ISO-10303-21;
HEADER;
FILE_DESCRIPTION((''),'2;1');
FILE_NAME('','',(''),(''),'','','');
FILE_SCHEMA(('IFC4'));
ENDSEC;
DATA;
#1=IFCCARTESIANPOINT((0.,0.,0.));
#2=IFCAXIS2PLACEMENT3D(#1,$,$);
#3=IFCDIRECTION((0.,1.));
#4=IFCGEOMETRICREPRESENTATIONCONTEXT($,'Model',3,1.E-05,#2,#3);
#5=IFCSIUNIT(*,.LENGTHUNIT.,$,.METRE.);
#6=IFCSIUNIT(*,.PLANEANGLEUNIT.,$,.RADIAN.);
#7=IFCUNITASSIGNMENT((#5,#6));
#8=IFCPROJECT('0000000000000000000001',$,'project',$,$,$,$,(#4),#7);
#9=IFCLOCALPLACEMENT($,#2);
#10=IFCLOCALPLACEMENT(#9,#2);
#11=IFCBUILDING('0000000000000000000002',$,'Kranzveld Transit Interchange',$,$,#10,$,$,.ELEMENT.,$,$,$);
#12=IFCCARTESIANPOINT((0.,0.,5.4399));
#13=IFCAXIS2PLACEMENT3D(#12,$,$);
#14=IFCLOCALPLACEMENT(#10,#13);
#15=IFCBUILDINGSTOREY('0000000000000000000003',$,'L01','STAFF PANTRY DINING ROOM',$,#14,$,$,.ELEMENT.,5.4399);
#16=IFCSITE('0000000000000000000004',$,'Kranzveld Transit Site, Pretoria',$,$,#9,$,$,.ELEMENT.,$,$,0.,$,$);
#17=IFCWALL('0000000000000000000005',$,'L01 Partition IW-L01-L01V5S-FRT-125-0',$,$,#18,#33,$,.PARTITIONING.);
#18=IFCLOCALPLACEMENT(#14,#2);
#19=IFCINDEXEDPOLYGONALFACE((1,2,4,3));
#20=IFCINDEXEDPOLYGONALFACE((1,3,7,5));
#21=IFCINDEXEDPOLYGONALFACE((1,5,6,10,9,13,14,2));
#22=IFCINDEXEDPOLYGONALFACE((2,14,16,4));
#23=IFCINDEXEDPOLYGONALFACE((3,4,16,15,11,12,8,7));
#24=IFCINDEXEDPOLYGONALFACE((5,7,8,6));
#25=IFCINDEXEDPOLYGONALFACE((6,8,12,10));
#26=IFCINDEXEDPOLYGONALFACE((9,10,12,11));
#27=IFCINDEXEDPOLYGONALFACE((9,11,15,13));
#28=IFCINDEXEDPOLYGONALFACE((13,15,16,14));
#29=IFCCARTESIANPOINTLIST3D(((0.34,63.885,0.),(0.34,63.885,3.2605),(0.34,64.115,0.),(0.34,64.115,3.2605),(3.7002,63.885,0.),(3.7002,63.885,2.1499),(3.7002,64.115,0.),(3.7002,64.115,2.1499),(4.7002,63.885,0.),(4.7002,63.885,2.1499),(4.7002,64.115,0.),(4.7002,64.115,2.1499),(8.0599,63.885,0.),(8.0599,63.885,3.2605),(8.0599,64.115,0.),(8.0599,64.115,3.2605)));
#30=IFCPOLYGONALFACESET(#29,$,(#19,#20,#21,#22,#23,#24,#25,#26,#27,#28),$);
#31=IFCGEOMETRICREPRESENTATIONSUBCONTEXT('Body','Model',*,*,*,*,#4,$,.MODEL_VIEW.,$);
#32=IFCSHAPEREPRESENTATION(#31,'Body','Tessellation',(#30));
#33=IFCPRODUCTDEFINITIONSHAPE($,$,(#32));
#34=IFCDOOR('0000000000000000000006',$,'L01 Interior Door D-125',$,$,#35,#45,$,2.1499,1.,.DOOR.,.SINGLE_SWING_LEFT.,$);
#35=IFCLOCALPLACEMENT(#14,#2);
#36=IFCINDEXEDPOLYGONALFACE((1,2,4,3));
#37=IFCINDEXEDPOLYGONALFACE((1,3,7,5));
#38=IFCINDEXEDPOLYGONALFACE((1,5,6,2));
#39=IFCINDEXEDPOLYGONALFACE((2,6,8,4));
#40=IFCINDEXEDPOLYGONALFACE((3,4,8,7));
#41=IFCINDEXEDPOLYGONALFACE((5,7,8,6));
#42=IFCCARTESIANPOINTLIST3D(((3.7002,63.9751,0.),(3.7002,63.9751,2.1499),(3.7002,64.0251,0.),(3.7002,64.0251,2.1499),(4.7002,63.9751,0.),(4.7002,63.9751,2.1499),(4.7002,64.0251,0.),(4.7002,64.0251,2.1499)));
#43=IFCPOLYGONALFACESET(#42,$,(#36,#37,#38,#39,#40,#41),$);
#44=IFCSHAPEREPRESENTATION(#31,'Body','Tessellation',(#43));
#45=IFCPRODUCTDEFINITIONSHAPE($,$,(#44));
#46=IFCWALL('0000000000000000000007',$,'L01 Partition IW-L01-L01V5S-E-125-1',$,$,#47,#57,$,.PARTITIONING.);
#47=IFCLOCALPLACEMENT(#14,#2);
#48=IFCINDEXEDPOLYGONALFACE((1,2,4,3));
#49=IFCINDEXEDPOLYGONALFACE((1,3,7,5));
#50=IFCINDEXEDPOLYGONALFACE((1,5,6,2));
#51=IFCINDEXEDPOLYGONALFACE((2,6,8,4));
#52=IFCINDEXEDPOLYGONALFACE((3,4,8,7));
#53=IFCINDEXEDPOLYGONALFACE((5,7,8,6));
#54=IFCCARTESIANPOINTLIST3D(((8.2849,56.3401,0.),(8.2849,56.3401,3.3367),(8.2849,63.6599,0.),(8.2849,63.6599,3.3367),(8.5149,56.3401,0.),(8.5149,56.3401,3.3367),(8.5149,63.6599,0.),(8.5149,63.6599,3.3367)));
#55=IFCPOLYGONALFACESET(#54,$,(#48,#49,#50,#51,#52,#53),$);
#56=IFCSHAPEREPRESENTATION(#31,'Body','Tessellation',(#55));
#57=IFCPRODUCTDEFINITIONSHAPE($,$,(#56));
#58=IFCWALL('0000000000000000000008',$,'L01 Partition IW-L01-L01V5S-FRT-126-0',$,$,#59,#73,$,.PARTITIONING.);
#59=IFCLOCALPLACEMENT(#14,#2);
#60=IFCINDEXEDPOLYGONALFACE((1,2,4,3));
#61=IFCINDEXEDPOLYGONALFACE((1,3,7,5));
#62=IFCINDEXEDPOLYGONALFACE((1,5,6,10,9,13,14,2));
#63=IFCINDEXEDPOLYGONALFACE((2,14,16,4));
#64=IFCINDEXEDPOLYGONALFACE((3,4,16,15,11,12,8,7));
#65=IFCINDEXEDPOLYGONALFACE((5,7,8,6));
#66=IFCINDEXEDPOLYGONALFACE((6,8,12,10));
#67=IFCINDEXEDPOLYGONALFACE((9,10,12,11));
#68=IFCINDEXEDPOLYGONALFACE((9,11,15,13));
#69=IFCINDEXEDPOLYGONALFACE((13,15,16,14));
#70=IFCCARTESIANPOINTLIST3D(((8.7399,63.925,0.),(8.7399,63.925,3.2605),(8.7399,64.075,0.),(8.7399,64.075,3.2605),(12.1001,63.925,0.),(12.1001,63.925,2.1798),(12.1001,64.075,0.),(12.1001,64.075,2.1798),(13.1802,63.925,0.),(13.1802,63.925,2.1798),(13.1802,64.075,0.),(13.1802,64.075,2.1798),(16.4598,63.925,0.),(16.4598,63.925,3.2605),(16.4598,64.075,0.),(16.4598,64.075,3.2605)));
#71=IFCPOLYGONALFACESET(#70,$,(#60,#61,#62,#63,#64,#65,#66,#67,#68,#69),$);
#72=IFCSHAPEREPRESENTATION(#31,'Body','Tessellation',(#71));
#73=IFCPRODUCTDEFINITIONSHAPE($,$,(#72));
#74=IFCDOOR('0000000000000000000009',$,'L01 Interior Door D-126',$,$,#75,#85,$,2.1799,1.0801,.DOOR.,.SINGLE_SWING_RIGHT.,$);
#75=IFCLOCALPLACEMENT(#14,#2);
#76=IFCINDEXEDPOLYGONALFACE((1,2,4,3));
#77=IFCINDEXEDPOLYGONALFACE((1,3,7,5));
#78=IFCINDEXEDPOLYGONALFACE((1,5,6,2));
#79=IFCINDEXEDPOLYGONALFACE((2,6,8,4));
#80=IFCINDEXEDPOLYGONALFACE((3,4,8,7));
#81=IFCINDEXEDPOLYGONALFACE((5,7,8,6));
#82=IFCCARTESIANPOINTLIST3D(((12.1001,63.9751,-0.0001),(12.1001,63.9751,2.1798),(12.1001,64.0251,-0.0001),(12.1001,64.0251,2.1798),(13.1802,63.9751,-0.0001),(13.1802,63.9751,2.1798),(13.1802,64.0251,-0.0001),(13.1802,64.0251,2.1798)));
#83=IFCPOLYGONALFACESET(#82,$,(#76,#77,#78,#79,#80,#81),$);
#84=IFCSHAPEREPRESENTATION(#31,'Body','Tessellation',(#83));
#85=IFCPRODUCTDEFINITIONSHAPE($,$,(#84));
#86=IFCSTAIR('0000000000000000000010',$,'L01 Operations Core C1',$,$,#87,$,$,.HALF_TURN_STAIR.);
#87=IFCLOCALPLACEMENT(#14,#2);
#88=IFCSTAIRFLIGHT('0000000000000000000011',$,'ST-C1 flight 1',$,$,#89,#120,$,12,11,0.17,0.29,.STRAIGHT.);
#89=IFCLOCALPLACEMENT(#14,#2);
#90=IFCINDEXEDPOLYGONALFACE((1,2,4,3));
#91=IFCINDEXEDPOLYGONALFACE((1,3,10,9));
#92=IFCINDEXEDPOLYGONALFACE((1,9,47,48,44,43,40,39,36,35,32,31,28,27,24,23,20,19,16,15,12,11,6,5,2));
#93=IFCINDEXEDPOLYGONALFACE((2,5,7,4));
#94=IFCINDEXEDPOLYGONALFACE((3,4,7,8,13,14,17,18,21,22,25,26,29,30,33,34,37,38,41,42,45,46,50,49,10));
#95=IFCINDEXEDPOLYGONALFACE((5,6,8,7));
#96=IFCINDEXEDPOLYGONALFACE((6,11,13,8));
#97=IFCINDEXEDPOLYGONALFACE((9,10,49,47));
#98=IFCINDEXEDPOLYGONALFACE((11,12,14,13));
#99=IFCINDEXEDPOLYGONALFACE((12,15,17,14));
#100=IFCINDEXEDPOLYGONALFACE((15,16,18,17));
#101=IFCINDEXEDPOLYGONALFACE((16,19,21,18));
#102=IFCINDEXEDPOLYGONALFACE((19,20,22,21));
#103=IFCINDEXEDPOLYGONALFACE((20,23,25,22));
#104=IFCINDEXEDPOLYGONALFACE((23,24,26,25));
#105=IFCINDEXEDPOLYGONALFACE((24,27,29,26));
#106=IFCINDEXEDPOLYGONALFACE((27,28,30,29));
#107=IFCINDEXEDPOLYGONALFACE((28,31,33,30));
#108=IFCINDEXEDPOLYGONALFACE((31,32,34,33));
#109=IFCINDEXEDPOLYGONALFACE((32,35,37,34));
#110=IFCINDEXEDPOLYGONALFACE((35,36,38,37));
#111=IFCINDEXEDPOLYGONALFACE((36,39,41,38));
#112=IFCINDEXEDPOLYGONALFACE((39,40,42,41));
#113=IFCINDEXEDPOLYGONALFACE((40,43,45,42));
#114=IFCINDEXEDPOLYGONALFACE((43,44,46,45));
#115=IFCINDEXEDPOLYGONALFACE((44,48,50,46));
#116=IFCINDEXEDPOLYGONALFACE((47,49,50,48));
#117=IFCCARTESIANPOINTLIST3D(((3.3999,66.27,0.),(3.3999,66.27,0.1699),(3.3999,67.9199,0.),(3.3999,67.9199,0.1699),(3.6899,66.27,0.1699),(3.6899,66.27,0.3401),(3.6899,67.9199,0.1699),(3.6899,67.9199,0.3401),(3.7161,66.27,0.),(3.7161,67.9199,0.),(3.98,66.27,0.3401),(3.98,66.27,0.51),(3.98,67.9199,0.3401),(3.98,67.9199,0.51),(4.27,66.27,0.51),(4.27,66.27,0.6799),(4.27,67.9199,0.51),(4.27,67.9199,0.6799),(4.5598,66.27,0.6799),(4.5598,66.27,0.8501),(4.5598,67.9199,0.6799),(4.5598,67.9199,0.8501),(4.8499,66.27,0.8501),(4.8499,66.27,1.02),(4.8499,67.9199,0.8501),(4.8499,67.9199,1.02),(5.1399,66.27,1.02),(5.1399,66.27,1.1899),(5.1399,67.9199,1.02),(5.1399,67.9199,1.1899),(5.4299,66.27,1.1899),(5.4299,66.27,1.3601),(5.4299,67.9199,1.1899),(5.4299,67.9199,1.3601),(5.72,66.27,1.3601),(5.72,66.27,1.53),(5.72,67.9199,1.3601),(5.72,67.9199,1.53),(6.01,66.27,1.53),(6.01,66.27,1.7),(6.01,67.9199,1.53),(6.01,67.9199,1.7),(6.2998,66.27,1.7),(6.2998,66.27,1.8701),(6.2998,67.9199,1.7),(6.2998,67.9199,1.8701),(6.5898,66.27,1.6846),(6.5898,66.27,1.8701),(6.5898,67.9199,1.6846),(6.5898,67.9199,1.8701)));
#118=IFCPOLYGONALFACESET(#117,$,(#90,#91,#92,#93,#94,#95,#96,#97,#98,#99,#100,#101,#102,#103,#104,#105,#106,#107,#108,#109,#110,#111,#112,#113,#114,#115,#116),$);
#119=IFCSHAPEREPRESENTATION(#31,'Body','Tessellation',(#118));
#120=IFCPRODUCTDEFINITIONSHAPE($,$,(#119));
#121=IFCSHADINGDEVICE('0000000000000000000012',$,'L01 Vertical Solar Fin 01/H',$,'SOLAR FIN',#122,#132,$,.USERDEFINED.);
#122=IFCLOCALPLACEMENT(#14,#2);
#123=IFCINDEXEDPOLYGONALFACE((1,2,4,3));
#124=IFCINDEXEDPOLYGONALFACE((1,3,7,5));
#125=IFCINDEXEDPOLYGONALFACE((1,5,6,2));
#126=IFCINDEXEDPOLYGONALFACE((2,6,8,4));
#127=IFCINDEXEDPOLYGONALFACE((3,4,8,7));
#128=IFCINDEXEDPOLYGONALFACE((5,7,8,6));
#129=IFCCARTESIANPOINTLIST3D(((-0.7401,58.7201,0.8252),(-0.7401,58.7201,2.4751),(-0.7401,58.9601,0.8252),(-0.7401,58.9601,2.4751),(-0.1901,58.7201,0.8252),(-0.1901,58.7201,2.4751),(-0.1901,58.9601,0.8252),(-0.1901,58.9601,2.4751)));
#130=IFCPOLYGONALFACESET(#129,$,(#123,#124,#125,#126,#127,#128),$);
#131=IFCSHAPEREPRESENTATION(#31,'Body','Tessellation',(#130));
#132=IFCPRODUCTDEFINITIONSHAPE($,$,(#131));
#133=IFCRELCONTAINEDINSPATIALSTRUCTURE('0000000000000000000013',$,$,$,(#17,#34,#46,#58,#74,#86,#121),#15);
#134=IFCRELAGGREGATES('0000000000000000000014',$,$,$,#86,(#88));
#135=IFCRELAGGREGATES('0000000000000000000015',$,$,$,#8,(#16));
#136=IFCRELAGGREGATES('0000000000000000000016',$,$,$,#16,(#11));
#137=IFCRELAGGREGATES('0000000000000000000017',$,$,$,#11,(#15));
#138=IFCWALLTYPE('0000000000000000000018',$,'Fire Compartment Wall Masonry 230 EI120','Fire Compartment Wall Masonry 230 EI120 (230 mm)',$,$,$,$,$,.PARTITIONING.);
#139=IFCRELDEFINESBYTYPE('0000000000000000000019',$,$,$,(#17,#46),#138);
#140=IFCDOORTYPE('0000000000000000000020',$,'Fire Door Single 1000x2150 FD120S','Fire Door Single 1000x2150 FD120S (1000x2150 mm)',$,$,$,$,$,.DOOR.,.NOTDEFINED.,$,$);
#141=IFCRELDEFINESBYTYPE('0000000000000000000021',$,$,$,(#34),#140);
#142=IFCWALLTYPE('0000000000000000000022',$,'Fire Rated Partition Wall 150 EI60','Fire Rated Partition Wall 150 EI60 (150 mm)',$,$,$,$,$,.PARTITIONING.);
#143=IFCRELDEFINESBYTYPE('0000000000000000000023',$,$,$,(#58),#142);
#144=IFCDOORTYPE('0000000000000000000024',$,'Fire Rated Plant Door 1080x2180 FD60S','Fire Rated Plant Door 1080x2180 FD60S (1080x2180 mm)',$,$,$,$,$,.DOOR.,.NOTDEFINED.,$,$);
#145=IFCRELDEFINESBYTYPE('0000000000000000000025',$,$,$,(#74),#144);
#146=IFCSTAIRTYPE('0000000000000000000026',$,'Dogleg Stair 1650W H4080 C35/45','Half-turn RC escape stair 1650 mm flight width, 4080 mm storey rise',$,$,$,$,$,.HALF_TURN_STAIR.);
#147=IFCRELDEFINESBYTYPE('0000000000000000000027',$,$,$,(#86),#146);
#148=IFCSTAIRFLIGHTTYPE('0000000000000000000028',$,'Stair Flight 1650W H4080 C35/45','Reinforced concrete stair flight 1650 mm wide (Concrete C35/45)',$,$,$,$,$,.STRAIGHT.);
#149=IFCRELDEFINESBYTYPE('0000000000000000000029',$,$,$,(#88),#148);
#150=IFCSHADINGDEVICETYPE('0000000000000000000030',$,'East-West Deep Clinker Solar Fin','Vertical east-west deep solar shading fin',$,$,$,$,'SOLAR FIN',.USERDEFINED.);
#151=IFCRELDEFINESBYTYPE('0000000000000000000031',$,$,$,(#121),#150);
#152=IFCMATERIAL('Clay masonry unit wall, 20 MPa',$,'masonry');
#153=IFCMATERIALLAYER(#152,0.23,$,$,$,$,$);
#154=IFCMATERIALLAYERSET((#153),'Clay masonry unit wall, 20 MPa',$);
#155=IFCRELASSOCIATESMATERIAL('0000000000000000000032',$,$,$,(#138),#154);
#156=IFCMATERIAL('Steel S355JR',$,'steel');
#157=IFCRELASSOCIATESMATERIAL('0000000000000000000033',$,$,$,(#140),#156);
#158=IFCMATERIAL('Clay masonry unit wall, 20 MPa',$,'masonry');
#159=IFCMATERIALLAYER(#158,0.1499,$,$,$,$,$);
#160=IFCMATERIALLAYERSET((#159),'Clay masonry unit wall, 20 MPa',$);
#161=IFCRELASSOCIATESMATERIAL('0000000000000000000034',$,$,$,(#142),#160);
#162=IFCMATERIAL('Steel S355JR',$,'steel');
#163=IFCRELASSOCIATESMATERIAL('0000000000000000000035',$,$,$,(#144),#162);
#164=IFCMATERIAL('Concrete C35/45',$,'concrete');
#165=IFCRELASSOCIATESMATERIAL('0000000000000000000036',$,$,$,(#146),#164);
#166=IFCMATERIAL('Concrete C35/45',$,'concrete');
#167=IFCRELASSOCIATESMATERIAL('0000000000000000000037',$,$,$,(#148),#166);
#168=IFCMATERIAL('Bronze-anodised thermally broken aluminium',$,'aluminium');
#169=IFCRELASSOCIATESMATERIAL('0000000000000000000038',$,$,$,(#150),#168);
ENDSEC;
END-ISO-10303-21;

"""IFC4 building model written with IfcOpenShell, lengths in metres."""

from ifc_helpers import new_model, si_unit, direction, frame, frame_2d, origin, origin_2d, place, context, subcontext, project, spatial, polyline, rectangle, outline, extrude, material, layer, layer_set, type_object, element, fill, aggregate, save


model = new_model("IFC4")

# Units and contexts
model_context = context("Model", 3, precision=1e-05, world=origin(), true_north=direction((0.0, 1.0)))
body_context = subcontext(model_context, "Body", "Model", "MODEL_VIEW")
ifc_project = project(units=[si_unit("LENGTHUNIT", "METRE"), si_unit("PLANEANGLEUNIT", "RADIAN")], contexts=[model_context])

# Site, building, storey
site_placement = place(None, origin())
site = spatial("IfcSite", under=ifc_project, at=site_placement, Name="Kranzveld Transit Site, Pretoria", CompositionType="ELEMENT", RefElevation=0.0)
building_placement = place(site_placement, origin())
building = spatial("IfcBuilding", under=site, at=building_placement, Name="Kranzveld Transit Interchange", CompositionType="ELEMENT")
storey_placement = place(building_placement, frame((0.0, 0.0, 5.4399)))
storey = spatial("IfcBuildingStorey", under=building, at=storey_placement, Name="L01", Description="STAFF PANTRY DINING ROOM", CompositionType="ELEMENT", Elevation=5.4399)

# Wall, opening, door
ifc_material_1 = material(Name="Clay masonry unit wall, 20 MPa", Category="masonry")
ifc_layer_1 = layer(ifc_material_1, 0.23)
ifc_layer_set_1 = layer_set([ifc_layer_1], Name="Clay masonry unit wall, 20 MPa")
wall_type_1 = type_object("IfcWallType", Name="Fire Compartment Wall Masonry 230 EI120", Description="Fire Compartment Wall Masonry 230 EI120 (230 mm)", PredefinedType="PARTITIONING", material=ifc_layer_set_1)
wall_1_placement = place(storey_placement, frame((0.3401, 64.0, 0.0), z_axis=(0.0, 0.0, 1.0), x_axis=(1.0, 0.0, 0.0)))
wall_1 = element("IfcWall", 1, at=wall_1_placement, inside=storey, type_object=wall_type_1, Name="L01 Partition IW-L01-L01V5S-FRT-125-0", PredefinedType="PARTITIONING", context=body_context, shape_type="SweptSolid", body=[
    extrude(rectangle(XDim=7.72, YDim=0.23, at=frame_2d((3.8599, 0.0))), origin(), (0.0, 0.0, 1.0), 3.2605),
])
opening_1_placement = place(wall_1_placement, frame((4.3601, 0.0, 0.0), z_axis=(0.0, 0.0, 1.0), x_axis=(-1.0, 0.0, 0.0)))
opening_1 = element("IfcOpeningElement", 2, at=opening_1_placement, cuts=wall_1, PredefinedType="OPENING", context=body_context, shape_type="SweptSolid", body=[
    extrude(rectangle(XDim=1.0, YDim=2.1499, at=frame_2d((0.5, 1.075))), frame((0.0, 0.125, 0.0), z_axis=(0.0, -1.0, 0.0), x_axis=(1.0, 0.0, 0.0)), (0.0, 0.0, 1.0), 0.25),
])
ifc_material_2 = material(Name="Steel S355JR", Category="steel")
door_type_1 = type_object("IfcDoorType", Name="Fire Door Single 1000x2150 FD120S", Description="Fire Door Single 1000x2150 FD120S (1000x2150 mm)", OperationType="NOTDEFINED", PredefinedType="DOOR", material=ifc_material_2)
door_1_placement = place(opening_1_placement, origin())
door_1 = element("IfcDoor", 3, at=door_1_placement, inside=storey, type_object=door_type_1, Name="L01 Interior Door D-125", OperationType="SINGLE_SWING_LEFT", OverallHeight=2.1499, OverallWidth=1.0, PredefinedType="DOOR", context=body_context, shape_type="SweptSolid", body=[
    extrude(rectangle(XDim=1.0, YDim=2.1499, at=frame_2d((0.5, 1.075))), frame((0.0, 0.0249, 0.0), z_axis=(0.0, -1.0, 0.0), x_axis=(1.0, 0.0, 0.0)), (0.0, 0.0, 1.0), 0.05),
])
fill(opening_1, door_1)

# Wall
wall_2_placement = place(storey_placement, frame((8.3999, 56.3401, 0.0), z_axis=(0.0, 0.0, 1.0), x_axis=(0.0, 1.0, 0.0)))
element("IfcWall", 4, at=wall_2_placement, inside=storey, type_object=wall_type_1, Name="L01 Partition IW-L01-L01V5S-E-125-1", PredefinedType="PARTITIONING", context=body_context, shape_type="SweptSolid", body=[
    extrude(rectangle(XDim=7.3198, YDim=0.23, at=frame_2d((3.6599, 0.0))), origin(), (0.0, 0.0, 1.0), 3.3367),
])

# Wall, opening, door
ifc_material_3 = material(Name="Clay masonry unit wall, 20 MPa", Category="masonry")
ifc_layer_2 = layer(ifc_material_3, 0.1499)
ifc_layer_set_2 = layer_set([ifc_layer_2], Name="Clay masonry unit wall, 20 MPa")
wall_type_2 = type_object("IfcWallType", Name="Fire Rated Partition Wall 150 EI60", Description="Fire Rated Partition Wall 150 EI60 (150 mm)", PredefinedType="PARTITIONING", material=ifc_layer_set_2)
wall_3_placement = place(storey_placement, frame((8.74, 64.0, 0.0), z_axis=(0.0, 0.0, 1.0), x_axis=(1.0, 0.0, 0.0)))
wall_3 = element("IfcWall", 5, at=wall_3_placement, inside=storey, type_object=wall_type_2, Name="L01 Partition IW-L01-L01V5S-FRT-126-0", PredefinedType="PARTITIONING", context=body_context, shape_type="SweptSolid", body=[
    extrude(rectangle(XDim=7.72, YDim=0.1499, at=frame_2d((3.8599, 0.0))), origin(), (0.0, 0.0, 1.0), 3.2605),
])
opening_2_placement = place(wall_3_placement, frame((4.4402, 0.0, 0.0), z_axis=(0.0, 0.0, 1.0), x_axis=(-1.0, 0.0, 0.0)))
opening_2 = element("IfcOpeningElement", 6, at=opening_2_placement, cuts=wall_3, PredefinedType="OPENING", context=body_context, shape_type="SweptSolid", body=[
    extrude(rectangle(XDim=1.0801, YDim=2.1799, at=frame_2d((0.54, 1.0898))), frame((0.0, 0.085, 0.0), z_axis=(0.0, -1.0, 0.0), x_axis=(1.0, 0.0, 0.0)), (0.0, 0.0, 1.0), 0.1699),
])
ifc_material_4 = material(Name="Steel S355JR", Category="steel")
door_type_2 = type_object("IfcDoorType", Name="Fire Rated Plant Door 1080x2180 FD60S", Description="Fire Rated Plant Door 1080x2180 FD60S (1080x2180 mm)", OperationType="NOTDEFINED", PredefinedType="DOOR", material=ifc_material_4)
door_2_placement = place(opening_2_placement, origin())
door_2 = element("IfcDoor", 7, at=door_2_placement, inside=storey, type_object=door_type_2, Name="L01 Interior Door D-126", OperationType="SINGLE_SWING_RIGHT", OverallHeight=2.1799, OverallWidth=1.0801, PredefinedType="DOOR", context=body_context, shape_type="SweptSolid", body=[
    extrude(rectangle(XDim=1.0801, YDim=2.1799, at=frame_2d((0.54, 1.0898))), frame((0.0, 0.0249, 0.0), z_axis=(0.0, -1.0, 0.0), x_axis=(1.0, 0.0, 0.0)), (0.0, 0.0, 1.0), 0.05),
])
fill(opening_2, door_2)

# Stair, stair flight
ifc_material_5 = material(Name="Concrete C35/45", Category="concrete")
stair_type = type_object("IfcStairType", Name="Dogleg Stair 1650W H4080 C35/45", Description="Half-turn RC escape stair 1650 mm flight width, 4080 mm storey rise", PredefinedType="HALF_TURN_STAIR", material=ifc_material_5)
stair_placement = place(storey_placement, origin())
stair = element("IfcStair", 8, at=stair_placement, inside=storey, type_object=stair_type, Name="L01 Operations Core C1", PredefinedType="HALF_TURN_STAIR")
ifc_material_6 = material(Name="Concrete C35/45", Category="concrete")
stair_flight_type = type_object("IfcStairFlightType", Name="Stair Flight 1650W H4080 C35/45", Description="Reinforced concrete stair flight 1650 mm wide (Concrete C35/45)", PredefinedType="STRAIGHT", material=ifc_material_6)
stair_flight_placement = place(storey_placement, frame((3.3999, 67.095, 0.0), z_axis=(0.0, 0.0, 1.0), x_axis=(1.0, 0.0, 0.0)))
stair_flight = element("IfcStairFlight", 9, at=stair_flight_placement, type_object=stair_flight_type, Name="ST-C1 flight 1", NumberOfRisers=12, NumberOfTreads=11, PredefinedType="STRAIGHT", RiserHeight=0.17, TreadLength=0.29, context=body_context, shape_type="SweptSolid", body=[
    extrude(outline(polyline([(0.0, 0.0), (0.0, 0.1699), (0.29, 0.1699), (0.29, 0.3401), (0.5801, 0.3401), (0.5801, 0.51), (0.8701, 0.51), (0.8701, 0.6799), (1.1599, 0.6799), (1.1599, 0.8501), (1.45, 0.8501), (1.45, 1.02), (1.74, 1.02), (1.74, 1.1899), (2.03, 1.1899), (2.03, 1.3601), (2.3201, 1.3601), (2.3201, 1.53), (2.6101, 1.53), (2.6101, 1.7), (2.8999, 1.7), (2.8999, 1.8701), (3.1899, 1.8701), (3.1899, 2.04), (3.1899, 1.6846), (0.3162, 0.0), (0.0, 0.0)])), frame((0.0, 0.825, 0.0), z_axis=(0.0, -1.0, 0.0), x_axis=(1.0, 0.0, 0.0)), (0.0, 0.0, 1.0), 1.6499),
])
aggregate(stair, [stair_flight])

# Shading device
ifc_material_7 = material(Name="Bronze-anodised thermally broken aluminium", Category="aluminium")
shading_device_type = type_object("IfcShadingDeviceType", Name="East-West Deep Clinker Solar Fin", Description="Vertical east-west deep solar shading fin", ElementType="SOLAR FIN", PredefinedType="USERDEFINED", material=ifc_material_7)
shading_device_placement = place(storey_placement, frame((-0.4651, 58.8401, 0.8252), z_axis=(0.0, 0.0, 1.0), x_axis=(0.0, 1.0, 0.0)))
element("IfcShadingDevice", 10, at=shading_device_placement, inside=storey, type_object=shading_device_type, Name="L01 Vertical Solar Fin 01/H", ObjectType="SOLAR FIN", PredefinedType="USERDEFINED", context=body_context, shape_type="SweptSolid", body=[
    extrude(rectangle(XDim=0.24, YDim=0.55, at=origin_2d()), origin(), (0.0, 0.0, 1.0), 1.6499),
])

save(model, "model.ifc")
